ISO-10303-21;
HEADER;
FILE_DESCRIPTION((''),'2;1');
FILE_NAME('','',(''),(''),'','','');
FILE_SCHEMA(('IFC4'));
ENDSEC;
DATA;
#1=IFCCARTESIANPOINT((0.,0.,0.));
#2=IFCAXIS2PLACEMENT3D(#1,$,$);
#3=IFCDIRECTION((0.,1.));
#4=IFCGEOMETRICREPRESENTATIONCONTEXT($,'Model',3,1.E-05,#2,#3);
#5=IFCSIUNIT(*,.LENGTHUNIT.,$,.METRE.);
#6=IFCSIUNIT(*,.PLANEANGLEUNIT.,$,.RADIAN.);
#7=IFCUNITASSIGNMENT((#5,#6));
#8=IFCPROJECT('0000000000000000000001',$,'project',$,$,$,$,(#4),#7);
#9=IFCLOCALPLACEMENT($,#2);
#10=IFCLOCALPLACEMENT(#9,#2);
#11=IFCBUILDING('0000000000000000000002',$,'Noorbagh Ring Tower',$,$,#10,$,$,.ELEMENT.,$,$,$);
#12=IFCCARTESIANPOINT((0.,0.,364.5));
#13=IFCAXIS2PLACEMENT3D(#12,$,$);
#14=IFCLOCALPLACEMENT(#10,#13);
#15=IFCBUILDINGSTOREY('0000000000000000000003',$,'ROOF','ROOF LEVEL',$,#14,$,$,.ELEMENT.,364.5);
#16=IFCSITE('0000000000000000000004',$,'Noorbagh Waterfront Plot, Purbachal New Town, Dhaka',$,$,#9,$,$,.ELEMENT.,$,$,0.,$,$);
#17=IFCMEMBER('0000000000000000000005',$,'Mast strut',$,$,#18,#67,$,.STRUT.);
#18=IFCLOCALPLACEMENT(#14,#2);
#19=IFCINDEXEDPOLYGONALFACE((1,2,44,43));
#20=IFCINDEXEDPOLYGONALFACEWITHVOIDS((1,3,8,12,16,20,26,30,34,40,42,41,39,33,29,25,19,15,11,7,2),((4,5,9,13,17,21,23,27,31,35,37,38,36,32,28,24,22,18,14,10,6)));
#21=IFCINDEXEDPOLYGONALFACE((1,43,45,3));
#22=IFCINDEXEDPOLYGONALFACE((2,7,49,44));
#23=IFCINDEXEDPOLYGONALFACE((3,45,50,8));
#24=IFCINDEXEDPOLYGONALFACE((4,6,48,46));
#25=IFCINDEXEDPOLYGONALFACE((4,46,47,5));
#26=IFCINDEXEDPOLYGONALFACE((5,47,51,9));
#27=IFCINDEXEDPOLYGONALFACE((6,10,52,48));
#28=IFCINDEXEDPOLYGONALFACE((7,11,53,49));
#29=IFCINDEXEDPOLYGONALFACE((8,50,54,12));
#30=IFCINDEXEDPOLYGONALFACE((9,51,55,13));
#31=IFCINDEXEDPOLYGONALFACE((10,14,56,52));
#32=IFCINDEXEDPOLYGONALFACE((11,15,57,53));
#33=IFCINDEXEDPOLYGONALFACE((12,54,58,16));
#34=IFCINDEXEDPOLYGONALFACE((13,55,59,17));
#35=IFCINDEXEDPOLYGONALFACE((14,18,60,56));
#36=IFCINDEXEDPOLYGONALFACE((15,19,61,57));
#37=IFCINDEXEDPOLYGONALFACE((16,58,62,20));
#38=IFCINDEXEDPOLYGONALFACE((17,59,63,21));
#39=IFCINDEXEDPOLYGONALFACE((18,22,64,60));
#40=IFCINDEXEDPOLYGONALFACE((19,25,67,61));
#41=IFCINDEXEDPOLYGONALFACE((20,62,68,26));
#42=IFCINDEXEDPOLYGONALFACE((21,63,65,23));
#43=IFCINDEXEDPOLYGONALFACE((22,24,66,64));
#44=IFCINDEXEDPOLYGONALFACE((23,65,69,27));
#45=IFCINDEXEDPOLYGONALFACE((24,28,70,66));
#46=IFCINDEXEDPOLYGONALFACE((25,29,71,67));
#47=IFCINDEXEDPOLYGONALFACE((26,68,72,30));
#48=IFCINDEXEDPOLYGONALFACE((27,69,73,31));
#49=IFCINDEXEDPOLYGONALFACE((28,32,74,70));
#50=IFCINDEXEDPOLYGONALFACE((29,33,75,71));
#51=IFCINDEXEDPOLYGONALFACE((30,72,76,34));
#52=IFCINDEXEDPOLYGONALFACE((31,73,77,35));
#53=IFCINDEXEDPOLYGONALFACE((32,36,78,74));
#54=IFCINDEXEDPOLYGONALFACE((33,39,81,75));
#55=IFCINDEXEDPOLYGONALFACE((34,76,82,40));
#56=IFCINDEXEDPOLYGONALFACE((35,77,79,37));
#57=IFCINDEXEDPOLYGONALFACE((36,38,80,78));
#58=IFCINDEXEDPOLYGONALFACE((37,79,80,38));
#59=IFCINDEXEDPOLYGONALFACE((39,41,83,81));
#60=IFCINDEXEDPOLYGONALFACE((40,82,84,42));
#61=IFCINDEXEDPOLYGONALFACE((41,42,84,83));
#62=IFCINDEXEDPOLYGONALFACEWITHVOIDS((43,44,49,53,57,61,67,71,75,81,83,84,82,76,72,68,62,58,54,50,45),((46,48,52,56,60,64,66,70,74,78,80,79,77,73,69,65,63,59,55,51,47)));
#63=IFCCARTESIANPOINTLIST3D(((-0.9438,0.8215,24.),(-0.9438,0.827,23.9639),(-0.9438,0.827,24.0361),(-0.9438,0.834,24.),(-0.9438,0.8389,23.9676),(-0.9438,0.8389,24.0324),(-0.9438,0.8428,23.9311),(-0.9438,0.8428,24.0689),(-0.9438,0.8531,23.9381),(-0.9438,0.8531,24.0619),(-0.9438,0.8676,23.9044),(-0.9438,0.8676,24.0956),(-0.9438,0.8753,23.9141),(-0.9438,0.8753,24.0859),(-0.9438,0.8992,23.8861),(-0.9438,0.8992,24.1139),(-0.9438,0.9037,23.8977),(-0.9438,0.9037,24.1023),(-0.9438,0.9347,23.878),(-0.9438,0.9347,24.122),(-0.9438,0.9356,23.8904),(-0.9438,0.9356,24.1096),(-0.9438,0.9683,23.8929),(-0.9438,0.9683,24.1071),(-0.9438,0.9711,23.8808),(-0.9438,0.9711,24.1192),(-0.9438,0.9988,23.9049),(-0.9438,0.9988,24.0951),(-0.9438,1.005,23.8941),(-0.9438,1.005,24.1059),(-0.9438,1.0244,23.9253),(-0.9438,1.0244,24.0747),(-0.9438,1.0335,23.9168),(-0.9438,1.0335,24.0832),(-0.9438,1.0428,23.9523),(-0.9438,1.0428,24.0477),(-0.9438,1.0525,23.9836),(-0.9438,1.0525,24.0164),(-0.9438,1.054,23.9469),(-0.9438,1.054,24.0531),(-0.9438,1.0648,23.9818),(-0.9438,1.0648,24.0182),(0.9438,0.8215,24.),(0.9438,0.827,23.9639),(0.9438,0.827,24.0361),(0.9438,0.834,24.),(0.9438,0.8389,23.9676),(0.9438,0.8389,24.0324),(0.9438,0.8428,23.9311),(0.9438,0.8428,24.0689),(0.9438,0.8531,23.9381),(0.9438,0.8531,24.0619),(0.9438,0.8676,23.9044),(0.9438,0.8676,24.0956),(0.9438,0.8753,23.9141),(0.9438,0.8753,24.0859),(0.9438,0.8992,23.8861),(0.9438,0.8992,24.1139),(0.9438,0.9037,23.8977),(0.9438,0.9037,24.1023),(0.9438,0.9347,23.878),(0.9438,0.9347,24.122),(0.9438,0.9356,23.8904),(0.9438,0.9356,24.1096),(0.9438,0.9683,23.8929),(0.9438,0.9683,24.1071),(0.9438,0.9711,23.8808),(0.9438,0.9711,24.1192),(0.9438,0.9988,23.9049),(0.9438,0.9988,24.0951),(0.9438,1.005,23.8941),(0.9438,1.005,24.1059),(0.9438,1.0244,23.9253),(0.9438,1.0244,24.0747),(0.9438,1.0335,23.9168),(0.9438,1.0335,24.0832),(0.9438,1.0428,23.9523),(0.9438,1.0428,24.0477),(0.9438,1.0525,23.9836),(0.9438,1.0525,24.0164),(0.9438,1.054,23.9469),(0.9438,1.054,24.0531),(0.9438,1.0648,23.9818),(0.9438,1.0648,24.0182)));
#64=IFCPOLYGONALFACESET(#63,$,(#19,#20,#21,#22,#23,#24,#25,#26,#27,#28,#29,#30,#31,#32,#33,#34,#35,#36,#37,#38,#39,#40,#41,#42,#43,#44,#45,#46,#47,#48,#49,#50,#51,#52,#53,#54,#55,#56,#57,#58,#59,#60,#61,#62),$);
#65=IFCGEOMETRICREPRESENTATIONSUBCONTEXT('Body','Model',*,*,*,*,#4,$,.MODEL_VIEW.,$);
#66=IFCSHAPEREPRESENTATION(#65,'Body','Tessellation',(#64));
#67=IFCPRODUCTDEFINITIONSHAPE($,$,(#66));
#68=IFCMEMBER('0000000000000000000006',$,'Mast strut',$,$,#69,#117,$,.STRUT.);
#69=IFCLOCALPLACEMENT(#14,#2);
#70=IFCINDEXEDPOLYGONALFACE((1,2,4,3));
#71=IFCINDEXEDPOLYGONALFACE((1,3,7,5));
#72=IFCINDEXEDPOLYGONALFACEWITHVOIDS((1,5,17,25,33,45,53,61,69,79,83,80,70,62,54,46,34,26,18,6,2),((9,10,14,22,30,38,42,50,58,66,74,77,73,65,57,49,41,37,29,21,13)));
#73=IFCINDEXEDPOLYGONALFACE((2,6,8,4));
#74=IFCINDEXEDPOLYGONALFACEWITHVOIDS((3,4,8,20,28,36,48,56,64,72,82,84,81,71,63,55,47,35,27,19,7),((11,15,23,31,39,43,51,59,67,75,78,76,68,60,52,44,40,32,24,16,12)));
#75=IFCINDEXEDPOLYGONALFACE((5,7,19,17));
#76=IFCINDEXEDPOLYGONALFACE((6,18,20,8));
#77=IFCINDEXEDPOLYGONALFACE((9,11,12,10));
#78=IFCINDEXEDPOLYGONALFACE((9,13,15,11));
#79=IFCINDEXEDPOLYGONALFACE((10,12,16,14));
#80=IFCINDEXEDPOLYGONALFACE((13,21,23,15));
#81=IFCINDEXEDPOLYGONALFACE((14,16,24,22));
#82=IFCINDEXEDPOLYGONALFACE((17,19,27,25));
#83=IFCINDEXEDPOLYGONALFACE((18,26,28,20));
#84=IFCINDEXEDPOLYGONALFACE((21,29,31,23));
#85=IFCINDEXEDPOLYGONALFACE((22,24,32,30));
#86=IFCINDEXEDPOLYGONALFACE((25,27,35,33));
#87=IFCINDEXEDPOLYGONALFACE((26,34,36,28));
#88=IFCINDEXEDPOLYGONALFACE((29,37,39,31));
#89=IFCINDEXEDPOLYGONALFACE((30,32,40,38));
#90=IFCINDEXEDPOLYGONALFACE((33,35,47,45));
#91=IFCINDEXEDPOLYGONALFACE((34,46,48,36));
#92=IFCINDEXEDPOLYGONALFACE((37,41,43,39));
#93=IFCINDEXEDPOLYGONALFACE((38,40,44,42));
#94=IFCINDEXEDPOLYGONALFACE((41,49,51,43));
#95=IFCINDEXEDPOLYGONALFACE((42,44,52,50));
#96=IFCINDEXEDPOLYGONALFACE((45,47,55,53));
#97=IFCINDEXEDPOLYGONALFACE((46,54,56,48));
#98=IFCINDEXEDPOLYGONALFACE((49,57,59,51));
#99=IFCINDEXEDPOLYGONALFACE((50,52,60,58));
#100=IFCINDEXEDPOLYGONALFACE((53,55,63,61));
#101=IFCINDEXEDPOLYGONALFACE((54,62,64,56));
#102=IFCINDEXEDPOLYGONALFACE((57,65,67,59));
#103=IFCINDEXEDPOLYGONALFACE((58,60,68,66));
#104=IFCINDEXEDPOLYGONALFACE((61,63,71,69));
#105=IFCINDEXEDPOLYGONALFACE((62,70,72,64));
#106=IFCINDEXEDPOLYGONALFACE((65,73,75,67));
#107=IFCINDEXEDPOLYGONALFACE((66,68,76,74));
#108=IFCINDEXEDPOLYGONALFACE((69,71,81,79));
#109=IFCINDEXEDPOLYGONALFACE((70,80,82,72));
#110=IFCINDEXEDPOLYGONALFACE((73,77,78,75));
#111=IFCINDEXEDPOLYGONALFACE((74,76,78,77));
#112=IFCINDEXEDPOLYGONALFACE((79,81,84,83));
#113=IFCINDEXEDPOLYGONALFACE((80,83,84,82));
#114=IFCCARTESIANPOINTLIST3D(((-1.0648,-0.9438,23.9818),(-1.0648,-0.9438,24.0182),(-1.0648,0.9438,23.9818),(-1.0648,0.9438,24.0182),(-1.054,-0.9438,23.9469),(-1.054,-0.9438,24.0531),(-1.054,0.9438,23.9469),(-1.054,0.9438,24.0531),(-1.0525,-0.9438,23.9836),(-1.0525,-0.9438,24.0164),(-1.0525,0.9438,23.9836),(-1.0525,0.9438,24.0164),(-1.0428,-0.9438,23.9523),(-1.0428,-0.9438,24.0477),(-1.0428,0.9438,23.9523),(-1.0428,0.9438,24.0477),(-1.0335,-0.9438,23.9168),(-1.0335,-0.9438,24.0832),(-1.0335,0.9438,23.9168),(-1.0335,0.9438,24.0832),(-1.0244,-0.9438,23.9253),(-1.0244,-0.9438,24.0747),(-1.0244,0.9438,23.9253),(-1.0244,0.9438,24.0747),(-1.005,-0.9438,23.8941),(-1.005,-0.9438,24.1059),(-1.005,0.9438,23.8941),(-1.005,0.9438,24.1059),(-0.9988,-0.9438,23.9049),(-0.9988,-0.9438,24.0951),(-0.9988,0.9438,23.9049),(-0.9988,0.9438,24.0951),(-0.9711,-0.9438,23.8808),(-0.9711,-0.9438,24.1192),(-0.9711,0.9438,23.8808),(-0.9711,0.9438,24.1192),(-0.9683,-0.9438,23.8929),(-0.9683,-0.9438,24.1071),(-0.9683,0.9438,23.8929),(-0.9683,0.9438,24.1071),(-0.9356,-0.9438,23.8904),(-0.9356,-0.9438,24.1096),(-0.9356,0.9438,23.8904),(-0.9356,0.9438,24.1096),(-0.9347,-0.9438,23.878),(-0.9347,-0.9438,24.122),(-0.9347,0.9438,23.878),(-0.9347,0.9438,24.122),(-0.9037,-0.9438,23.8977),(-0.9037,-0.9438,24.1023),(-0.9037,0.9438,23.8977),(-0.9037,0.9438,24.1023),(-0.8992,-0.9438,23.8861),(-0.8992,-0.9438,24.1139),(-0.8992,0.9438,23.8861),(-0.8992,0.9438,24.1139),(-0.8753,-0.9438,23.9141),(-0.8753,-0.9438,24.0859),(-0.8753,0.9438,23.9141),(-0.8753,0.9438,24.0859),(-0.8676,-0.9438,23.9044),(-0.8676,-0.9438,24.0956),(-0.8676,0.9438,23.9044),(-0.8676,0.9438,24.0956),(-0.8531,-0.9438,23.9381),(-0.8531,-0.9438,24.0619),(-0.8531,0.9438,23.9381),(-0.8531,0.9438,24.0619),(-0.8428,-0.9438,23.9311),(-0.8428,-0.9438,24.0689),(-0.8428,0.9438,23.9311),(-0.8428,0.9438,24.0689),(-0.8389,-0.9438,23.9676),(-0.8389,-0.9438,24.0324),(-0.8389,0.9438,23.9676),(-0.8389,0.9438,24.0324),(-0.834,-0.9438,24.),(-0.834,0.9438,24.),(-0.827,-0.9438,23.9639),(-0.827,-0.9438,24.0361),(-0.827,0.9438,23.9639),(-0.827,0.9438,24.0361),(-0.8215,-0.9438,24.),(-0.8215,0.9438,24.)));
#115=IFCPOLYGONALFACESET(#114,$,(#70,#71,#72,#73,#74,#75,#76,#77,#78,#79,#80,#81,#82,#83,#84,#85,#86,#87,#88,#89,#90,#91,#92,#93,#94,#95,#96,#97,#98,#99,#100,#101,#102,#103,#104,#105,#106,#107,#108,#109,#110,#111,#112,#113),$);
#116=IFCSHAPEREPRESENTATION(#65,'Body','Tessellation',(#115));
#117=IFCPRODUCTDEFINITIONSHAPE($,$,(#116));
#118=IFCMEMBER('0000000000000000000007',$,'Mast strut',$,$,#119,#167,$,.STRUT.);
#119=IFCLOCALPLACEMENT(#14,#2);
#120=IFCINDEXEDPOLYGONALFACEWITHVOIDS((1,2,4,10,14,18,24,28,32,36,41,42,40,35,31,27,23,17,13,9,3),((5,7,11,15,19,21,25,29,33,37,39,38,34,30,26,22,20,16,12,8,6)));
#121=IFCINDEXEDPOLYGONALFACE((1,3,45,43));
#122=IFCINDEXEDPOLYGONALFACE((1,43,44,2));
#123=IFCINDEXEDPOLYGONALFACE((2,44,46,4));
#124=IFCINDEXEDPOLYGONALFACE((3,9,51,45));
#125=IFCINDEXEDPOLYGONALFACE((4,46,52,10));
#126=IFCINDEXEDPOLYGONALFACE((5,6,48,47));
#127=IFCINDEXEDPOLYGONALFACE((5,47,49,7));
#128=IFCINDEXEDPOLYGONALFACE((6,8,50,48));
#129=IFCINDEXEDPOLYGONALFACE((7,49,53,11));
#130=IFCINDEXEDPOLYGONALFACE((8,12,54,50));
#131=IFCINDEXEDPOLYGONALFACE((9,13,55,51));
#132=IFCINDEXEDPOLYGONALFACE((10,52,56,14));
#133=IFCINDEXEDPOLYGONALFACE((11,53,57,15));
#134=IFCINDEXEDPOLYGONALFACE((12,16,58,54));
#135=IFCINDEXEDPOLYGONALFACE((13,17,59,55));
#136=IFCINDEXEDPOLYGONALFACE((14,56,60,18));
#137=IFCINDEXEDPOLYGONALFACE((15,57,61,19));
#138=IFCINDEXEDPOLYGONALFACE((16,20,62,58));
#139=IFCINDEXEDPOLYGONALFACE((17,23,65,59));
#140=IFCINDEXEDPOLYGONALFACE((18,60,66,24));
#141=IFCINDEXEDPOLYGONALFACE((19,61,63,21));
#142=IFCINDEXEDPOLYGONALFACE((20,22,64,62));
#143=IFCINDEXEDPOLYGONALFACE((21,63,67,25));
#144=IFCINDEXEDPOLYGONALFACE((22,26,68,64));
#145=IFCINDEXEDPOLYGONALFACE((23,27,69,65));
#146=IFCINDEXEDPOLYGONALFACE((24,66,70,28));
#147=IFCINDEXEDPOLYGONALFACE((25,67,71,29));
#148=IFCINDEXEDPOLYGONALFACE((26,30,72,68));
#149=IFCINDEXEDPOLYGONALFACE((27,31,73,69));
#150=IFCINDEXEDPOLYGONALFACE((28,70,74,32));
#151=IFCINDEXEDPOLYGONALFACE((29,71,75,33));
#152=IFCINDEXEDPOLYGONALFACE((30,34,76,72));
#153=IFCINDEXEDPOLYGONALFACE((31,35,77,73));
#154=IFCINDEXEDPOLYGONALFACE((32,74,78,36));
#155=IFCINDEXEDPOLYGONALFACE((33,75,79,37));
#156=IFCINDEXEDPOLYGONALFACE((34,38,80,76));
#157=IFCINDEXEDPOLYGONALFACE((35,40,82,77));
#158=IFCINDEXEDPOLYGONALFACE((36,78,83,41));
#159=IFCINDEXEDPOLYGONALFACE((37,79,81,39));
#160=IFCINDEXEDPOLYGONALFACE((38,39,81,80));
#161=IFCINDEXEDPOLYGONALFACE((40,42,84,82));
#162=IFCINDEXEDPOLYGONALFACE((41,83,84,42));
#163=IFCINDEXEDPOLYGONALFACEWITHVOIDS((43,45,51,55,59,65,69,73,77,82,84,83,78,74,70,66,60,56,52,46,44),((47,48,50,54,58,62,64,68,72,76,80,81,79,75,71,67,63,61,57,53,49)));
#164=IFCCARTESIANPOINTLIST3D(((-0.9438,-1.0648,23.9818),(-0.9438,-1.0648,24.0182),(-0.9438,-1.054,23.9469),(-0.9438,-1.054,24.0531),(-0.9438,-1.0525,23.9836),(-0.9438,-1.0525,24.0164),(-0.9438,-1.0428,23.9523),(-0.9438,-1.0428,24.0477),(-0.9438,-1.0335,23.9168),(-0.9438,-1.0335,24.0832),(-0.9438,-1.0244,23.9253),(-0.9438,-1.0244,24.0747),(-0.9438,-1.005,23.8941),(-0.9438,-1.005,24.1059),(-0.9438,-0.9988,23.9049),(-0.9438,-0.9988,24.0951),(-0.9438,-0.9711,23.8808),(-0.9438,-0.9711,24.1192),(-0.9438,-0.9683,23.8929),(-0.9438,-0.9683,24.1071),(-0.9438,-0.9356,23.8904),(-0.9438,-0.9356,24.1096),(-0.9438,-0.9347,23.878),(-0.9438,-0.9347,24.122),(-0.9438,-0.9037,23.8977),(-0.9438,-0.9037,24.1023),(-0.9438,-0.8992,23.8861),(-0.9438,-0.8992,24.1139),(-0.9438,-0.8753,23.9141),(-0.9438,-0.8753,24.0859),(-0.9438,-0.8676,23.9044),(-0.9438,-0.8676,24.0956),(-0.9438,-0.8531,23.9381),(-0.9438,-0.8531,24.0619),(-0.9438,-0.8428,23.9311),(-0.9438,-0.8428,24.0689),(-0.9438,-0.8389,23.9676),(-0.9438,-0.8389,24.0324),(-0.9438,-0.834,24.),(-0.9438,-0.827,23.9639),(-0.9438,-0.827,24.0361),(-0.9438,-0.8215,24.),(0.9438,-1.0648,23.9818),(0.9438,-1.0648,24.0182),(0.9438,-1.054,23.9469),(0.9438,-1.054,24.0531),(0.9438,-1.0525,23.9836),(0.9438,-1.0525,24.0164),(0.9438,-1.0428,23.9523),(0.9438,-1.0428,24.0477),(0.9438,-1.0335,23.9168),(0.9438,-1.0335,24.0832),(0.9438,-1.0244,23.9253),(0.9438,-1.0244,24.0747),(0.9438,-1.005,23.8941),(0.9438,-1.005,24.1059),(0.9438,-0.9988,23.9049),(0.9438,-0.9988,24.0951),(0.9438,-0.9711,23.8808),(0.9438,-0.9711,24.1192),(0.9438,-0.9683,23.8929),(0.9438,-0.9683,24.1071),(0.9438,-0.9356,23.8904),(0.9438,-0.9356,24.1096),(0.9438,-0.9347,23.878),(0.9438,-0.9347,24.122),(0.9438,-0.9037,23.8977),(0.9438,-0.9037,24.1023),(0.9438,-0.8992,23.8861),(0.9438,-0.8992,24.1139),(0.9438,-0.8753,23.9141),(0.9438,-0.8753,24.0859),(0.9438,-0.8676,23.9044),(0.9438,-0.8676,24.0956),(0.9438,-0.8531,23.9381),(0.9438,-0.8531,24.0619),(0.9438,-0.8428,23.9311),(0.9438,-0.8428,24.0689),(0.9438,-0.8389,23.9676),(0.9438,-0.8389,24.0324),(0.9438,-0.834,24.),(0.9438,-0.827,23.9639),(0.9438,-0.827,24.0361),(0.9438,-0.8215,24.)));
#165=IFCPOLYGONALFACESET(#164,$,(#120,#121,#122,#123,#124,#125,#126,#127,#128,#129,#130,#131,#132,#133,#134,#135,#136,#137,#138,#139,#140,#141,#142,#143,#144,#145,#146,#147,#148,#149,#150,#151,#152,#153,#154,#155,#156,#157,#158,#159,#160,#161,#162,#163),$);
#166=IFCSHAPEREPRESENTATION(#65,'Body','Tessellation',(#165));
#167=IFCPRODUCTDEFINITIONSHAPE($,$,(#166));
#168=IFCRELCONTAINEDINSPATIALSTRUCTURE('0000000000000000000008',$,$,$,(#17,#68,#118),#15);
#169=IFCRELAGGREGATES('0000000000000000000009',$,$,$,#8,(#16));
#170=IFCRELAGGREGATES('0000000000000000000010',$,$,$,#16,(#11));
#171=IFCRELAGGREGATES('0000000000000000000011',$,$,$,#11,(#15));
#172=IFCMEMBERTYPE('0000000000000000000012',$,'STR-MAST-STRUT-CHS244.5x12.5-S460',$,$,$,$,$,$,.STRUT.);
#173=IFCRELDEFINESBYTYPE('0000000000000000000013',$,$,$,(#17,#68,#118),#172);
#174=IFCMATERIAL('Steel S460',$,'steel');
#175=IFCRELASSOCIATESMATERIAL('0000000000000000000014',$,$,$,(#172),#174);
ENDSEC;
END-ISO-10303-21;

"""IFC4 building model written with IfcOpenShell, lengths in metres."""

from ifc_helpers import new_model, si_unit, direction, frame, origin, origin_2d, place, context, subcontext, project, spatial, hollow_circle, extrude, material, material_profile, profile_set, type_object, element, save


model = new_model("IFC4")

# Units and contexts
model_context = context("Model", 3, precision=1e-05, world=origin(), true_north=direction((0.0, 1.0)))
body_context = subcontext(model_context, "Body", "Model", "MODEL_VIEW")
ifc_project = project(units=[si_unit("LENGTHUNIT", "METRE"), si_unit("PLANEANGLEUNIT", "RADIAN")], contexts=[model_context])

# Site, building, storey
site_placement = place(None, origin())
site = spatial("IfcSite", under=ifc_project, at=site_placement, Name="Noorbagh Waterfront Plot, Purbachal New Town, Dhaka", CompositionType="ELEMENT", RefElevation=0.0)
building_placement = place(site_placement, origin())
building = spatial("IfcBuilding", under=site, at=building_placement, Name="Noorbagh Ring Tower", CompositionType="ELEMENT")
storey_placement = place(building_placement, frame((0.0, 0.0, 364.5)))
storey = spatial("IfcBuildingStorey", under=building, at=storey_placement, Name="ROOF", Description="ROOF LEVEL", CompositionType="ELEMENT", Elevation=364.5)

# Members
ifc_material_1 = material(Name="Steel S460", Category="steel")
ifc_material_profile_1 = material_profile(ifc_material_1, hollow_circle(Radius=0.1223, WallThickness=0.0125, at=origin_2d()), Name="CHS244.5x12.5")
ifc_profile_set_1 = profile_set([ifc_material_profile_1], Name="Steel S460")
member_type_1 = type_object("IfcMemberType", Name="STR-MAST-STRUT-CHS244.5x12.5-S460", PredefinedType="STRUT", material=ifc_profile_set_1)
for number, where, z_axis, x_axis, name in (
    (1, (0.9438, 0.9438, 24.0), (-1.0, 0.0, 0.0), (0.0, -1.0, 0.0), "Mast strut"),
    (2, (-0.9438, 0.9438, 24.0), (0.0, -1.0, 0.0), (1.0, 0.0, 0.0), "Mast strut"),
    (3, (-0.9438, -0.9438, 24.0), (1.0, 0.0, 0.0), (0.0, 1.0, 0.0), "Mast strut"),
):
    element("IfcMember", number, at=place(storey_placement, frame(where, z_axis=z_axis, x_axis=x_axis)), inside=storey, type_object=member_type_1, Name=name, PredefinedType="STRUT", context=body_context, shape_type="SweptSolid", body=[
        extrude(hollow_circle(Radius=0.1223, WallThickness=0.0125, at=origin_2d()), origin(), (0.0, 0.0, 1.0), 1.8877),
    ])

save(model, "model.ifc")
